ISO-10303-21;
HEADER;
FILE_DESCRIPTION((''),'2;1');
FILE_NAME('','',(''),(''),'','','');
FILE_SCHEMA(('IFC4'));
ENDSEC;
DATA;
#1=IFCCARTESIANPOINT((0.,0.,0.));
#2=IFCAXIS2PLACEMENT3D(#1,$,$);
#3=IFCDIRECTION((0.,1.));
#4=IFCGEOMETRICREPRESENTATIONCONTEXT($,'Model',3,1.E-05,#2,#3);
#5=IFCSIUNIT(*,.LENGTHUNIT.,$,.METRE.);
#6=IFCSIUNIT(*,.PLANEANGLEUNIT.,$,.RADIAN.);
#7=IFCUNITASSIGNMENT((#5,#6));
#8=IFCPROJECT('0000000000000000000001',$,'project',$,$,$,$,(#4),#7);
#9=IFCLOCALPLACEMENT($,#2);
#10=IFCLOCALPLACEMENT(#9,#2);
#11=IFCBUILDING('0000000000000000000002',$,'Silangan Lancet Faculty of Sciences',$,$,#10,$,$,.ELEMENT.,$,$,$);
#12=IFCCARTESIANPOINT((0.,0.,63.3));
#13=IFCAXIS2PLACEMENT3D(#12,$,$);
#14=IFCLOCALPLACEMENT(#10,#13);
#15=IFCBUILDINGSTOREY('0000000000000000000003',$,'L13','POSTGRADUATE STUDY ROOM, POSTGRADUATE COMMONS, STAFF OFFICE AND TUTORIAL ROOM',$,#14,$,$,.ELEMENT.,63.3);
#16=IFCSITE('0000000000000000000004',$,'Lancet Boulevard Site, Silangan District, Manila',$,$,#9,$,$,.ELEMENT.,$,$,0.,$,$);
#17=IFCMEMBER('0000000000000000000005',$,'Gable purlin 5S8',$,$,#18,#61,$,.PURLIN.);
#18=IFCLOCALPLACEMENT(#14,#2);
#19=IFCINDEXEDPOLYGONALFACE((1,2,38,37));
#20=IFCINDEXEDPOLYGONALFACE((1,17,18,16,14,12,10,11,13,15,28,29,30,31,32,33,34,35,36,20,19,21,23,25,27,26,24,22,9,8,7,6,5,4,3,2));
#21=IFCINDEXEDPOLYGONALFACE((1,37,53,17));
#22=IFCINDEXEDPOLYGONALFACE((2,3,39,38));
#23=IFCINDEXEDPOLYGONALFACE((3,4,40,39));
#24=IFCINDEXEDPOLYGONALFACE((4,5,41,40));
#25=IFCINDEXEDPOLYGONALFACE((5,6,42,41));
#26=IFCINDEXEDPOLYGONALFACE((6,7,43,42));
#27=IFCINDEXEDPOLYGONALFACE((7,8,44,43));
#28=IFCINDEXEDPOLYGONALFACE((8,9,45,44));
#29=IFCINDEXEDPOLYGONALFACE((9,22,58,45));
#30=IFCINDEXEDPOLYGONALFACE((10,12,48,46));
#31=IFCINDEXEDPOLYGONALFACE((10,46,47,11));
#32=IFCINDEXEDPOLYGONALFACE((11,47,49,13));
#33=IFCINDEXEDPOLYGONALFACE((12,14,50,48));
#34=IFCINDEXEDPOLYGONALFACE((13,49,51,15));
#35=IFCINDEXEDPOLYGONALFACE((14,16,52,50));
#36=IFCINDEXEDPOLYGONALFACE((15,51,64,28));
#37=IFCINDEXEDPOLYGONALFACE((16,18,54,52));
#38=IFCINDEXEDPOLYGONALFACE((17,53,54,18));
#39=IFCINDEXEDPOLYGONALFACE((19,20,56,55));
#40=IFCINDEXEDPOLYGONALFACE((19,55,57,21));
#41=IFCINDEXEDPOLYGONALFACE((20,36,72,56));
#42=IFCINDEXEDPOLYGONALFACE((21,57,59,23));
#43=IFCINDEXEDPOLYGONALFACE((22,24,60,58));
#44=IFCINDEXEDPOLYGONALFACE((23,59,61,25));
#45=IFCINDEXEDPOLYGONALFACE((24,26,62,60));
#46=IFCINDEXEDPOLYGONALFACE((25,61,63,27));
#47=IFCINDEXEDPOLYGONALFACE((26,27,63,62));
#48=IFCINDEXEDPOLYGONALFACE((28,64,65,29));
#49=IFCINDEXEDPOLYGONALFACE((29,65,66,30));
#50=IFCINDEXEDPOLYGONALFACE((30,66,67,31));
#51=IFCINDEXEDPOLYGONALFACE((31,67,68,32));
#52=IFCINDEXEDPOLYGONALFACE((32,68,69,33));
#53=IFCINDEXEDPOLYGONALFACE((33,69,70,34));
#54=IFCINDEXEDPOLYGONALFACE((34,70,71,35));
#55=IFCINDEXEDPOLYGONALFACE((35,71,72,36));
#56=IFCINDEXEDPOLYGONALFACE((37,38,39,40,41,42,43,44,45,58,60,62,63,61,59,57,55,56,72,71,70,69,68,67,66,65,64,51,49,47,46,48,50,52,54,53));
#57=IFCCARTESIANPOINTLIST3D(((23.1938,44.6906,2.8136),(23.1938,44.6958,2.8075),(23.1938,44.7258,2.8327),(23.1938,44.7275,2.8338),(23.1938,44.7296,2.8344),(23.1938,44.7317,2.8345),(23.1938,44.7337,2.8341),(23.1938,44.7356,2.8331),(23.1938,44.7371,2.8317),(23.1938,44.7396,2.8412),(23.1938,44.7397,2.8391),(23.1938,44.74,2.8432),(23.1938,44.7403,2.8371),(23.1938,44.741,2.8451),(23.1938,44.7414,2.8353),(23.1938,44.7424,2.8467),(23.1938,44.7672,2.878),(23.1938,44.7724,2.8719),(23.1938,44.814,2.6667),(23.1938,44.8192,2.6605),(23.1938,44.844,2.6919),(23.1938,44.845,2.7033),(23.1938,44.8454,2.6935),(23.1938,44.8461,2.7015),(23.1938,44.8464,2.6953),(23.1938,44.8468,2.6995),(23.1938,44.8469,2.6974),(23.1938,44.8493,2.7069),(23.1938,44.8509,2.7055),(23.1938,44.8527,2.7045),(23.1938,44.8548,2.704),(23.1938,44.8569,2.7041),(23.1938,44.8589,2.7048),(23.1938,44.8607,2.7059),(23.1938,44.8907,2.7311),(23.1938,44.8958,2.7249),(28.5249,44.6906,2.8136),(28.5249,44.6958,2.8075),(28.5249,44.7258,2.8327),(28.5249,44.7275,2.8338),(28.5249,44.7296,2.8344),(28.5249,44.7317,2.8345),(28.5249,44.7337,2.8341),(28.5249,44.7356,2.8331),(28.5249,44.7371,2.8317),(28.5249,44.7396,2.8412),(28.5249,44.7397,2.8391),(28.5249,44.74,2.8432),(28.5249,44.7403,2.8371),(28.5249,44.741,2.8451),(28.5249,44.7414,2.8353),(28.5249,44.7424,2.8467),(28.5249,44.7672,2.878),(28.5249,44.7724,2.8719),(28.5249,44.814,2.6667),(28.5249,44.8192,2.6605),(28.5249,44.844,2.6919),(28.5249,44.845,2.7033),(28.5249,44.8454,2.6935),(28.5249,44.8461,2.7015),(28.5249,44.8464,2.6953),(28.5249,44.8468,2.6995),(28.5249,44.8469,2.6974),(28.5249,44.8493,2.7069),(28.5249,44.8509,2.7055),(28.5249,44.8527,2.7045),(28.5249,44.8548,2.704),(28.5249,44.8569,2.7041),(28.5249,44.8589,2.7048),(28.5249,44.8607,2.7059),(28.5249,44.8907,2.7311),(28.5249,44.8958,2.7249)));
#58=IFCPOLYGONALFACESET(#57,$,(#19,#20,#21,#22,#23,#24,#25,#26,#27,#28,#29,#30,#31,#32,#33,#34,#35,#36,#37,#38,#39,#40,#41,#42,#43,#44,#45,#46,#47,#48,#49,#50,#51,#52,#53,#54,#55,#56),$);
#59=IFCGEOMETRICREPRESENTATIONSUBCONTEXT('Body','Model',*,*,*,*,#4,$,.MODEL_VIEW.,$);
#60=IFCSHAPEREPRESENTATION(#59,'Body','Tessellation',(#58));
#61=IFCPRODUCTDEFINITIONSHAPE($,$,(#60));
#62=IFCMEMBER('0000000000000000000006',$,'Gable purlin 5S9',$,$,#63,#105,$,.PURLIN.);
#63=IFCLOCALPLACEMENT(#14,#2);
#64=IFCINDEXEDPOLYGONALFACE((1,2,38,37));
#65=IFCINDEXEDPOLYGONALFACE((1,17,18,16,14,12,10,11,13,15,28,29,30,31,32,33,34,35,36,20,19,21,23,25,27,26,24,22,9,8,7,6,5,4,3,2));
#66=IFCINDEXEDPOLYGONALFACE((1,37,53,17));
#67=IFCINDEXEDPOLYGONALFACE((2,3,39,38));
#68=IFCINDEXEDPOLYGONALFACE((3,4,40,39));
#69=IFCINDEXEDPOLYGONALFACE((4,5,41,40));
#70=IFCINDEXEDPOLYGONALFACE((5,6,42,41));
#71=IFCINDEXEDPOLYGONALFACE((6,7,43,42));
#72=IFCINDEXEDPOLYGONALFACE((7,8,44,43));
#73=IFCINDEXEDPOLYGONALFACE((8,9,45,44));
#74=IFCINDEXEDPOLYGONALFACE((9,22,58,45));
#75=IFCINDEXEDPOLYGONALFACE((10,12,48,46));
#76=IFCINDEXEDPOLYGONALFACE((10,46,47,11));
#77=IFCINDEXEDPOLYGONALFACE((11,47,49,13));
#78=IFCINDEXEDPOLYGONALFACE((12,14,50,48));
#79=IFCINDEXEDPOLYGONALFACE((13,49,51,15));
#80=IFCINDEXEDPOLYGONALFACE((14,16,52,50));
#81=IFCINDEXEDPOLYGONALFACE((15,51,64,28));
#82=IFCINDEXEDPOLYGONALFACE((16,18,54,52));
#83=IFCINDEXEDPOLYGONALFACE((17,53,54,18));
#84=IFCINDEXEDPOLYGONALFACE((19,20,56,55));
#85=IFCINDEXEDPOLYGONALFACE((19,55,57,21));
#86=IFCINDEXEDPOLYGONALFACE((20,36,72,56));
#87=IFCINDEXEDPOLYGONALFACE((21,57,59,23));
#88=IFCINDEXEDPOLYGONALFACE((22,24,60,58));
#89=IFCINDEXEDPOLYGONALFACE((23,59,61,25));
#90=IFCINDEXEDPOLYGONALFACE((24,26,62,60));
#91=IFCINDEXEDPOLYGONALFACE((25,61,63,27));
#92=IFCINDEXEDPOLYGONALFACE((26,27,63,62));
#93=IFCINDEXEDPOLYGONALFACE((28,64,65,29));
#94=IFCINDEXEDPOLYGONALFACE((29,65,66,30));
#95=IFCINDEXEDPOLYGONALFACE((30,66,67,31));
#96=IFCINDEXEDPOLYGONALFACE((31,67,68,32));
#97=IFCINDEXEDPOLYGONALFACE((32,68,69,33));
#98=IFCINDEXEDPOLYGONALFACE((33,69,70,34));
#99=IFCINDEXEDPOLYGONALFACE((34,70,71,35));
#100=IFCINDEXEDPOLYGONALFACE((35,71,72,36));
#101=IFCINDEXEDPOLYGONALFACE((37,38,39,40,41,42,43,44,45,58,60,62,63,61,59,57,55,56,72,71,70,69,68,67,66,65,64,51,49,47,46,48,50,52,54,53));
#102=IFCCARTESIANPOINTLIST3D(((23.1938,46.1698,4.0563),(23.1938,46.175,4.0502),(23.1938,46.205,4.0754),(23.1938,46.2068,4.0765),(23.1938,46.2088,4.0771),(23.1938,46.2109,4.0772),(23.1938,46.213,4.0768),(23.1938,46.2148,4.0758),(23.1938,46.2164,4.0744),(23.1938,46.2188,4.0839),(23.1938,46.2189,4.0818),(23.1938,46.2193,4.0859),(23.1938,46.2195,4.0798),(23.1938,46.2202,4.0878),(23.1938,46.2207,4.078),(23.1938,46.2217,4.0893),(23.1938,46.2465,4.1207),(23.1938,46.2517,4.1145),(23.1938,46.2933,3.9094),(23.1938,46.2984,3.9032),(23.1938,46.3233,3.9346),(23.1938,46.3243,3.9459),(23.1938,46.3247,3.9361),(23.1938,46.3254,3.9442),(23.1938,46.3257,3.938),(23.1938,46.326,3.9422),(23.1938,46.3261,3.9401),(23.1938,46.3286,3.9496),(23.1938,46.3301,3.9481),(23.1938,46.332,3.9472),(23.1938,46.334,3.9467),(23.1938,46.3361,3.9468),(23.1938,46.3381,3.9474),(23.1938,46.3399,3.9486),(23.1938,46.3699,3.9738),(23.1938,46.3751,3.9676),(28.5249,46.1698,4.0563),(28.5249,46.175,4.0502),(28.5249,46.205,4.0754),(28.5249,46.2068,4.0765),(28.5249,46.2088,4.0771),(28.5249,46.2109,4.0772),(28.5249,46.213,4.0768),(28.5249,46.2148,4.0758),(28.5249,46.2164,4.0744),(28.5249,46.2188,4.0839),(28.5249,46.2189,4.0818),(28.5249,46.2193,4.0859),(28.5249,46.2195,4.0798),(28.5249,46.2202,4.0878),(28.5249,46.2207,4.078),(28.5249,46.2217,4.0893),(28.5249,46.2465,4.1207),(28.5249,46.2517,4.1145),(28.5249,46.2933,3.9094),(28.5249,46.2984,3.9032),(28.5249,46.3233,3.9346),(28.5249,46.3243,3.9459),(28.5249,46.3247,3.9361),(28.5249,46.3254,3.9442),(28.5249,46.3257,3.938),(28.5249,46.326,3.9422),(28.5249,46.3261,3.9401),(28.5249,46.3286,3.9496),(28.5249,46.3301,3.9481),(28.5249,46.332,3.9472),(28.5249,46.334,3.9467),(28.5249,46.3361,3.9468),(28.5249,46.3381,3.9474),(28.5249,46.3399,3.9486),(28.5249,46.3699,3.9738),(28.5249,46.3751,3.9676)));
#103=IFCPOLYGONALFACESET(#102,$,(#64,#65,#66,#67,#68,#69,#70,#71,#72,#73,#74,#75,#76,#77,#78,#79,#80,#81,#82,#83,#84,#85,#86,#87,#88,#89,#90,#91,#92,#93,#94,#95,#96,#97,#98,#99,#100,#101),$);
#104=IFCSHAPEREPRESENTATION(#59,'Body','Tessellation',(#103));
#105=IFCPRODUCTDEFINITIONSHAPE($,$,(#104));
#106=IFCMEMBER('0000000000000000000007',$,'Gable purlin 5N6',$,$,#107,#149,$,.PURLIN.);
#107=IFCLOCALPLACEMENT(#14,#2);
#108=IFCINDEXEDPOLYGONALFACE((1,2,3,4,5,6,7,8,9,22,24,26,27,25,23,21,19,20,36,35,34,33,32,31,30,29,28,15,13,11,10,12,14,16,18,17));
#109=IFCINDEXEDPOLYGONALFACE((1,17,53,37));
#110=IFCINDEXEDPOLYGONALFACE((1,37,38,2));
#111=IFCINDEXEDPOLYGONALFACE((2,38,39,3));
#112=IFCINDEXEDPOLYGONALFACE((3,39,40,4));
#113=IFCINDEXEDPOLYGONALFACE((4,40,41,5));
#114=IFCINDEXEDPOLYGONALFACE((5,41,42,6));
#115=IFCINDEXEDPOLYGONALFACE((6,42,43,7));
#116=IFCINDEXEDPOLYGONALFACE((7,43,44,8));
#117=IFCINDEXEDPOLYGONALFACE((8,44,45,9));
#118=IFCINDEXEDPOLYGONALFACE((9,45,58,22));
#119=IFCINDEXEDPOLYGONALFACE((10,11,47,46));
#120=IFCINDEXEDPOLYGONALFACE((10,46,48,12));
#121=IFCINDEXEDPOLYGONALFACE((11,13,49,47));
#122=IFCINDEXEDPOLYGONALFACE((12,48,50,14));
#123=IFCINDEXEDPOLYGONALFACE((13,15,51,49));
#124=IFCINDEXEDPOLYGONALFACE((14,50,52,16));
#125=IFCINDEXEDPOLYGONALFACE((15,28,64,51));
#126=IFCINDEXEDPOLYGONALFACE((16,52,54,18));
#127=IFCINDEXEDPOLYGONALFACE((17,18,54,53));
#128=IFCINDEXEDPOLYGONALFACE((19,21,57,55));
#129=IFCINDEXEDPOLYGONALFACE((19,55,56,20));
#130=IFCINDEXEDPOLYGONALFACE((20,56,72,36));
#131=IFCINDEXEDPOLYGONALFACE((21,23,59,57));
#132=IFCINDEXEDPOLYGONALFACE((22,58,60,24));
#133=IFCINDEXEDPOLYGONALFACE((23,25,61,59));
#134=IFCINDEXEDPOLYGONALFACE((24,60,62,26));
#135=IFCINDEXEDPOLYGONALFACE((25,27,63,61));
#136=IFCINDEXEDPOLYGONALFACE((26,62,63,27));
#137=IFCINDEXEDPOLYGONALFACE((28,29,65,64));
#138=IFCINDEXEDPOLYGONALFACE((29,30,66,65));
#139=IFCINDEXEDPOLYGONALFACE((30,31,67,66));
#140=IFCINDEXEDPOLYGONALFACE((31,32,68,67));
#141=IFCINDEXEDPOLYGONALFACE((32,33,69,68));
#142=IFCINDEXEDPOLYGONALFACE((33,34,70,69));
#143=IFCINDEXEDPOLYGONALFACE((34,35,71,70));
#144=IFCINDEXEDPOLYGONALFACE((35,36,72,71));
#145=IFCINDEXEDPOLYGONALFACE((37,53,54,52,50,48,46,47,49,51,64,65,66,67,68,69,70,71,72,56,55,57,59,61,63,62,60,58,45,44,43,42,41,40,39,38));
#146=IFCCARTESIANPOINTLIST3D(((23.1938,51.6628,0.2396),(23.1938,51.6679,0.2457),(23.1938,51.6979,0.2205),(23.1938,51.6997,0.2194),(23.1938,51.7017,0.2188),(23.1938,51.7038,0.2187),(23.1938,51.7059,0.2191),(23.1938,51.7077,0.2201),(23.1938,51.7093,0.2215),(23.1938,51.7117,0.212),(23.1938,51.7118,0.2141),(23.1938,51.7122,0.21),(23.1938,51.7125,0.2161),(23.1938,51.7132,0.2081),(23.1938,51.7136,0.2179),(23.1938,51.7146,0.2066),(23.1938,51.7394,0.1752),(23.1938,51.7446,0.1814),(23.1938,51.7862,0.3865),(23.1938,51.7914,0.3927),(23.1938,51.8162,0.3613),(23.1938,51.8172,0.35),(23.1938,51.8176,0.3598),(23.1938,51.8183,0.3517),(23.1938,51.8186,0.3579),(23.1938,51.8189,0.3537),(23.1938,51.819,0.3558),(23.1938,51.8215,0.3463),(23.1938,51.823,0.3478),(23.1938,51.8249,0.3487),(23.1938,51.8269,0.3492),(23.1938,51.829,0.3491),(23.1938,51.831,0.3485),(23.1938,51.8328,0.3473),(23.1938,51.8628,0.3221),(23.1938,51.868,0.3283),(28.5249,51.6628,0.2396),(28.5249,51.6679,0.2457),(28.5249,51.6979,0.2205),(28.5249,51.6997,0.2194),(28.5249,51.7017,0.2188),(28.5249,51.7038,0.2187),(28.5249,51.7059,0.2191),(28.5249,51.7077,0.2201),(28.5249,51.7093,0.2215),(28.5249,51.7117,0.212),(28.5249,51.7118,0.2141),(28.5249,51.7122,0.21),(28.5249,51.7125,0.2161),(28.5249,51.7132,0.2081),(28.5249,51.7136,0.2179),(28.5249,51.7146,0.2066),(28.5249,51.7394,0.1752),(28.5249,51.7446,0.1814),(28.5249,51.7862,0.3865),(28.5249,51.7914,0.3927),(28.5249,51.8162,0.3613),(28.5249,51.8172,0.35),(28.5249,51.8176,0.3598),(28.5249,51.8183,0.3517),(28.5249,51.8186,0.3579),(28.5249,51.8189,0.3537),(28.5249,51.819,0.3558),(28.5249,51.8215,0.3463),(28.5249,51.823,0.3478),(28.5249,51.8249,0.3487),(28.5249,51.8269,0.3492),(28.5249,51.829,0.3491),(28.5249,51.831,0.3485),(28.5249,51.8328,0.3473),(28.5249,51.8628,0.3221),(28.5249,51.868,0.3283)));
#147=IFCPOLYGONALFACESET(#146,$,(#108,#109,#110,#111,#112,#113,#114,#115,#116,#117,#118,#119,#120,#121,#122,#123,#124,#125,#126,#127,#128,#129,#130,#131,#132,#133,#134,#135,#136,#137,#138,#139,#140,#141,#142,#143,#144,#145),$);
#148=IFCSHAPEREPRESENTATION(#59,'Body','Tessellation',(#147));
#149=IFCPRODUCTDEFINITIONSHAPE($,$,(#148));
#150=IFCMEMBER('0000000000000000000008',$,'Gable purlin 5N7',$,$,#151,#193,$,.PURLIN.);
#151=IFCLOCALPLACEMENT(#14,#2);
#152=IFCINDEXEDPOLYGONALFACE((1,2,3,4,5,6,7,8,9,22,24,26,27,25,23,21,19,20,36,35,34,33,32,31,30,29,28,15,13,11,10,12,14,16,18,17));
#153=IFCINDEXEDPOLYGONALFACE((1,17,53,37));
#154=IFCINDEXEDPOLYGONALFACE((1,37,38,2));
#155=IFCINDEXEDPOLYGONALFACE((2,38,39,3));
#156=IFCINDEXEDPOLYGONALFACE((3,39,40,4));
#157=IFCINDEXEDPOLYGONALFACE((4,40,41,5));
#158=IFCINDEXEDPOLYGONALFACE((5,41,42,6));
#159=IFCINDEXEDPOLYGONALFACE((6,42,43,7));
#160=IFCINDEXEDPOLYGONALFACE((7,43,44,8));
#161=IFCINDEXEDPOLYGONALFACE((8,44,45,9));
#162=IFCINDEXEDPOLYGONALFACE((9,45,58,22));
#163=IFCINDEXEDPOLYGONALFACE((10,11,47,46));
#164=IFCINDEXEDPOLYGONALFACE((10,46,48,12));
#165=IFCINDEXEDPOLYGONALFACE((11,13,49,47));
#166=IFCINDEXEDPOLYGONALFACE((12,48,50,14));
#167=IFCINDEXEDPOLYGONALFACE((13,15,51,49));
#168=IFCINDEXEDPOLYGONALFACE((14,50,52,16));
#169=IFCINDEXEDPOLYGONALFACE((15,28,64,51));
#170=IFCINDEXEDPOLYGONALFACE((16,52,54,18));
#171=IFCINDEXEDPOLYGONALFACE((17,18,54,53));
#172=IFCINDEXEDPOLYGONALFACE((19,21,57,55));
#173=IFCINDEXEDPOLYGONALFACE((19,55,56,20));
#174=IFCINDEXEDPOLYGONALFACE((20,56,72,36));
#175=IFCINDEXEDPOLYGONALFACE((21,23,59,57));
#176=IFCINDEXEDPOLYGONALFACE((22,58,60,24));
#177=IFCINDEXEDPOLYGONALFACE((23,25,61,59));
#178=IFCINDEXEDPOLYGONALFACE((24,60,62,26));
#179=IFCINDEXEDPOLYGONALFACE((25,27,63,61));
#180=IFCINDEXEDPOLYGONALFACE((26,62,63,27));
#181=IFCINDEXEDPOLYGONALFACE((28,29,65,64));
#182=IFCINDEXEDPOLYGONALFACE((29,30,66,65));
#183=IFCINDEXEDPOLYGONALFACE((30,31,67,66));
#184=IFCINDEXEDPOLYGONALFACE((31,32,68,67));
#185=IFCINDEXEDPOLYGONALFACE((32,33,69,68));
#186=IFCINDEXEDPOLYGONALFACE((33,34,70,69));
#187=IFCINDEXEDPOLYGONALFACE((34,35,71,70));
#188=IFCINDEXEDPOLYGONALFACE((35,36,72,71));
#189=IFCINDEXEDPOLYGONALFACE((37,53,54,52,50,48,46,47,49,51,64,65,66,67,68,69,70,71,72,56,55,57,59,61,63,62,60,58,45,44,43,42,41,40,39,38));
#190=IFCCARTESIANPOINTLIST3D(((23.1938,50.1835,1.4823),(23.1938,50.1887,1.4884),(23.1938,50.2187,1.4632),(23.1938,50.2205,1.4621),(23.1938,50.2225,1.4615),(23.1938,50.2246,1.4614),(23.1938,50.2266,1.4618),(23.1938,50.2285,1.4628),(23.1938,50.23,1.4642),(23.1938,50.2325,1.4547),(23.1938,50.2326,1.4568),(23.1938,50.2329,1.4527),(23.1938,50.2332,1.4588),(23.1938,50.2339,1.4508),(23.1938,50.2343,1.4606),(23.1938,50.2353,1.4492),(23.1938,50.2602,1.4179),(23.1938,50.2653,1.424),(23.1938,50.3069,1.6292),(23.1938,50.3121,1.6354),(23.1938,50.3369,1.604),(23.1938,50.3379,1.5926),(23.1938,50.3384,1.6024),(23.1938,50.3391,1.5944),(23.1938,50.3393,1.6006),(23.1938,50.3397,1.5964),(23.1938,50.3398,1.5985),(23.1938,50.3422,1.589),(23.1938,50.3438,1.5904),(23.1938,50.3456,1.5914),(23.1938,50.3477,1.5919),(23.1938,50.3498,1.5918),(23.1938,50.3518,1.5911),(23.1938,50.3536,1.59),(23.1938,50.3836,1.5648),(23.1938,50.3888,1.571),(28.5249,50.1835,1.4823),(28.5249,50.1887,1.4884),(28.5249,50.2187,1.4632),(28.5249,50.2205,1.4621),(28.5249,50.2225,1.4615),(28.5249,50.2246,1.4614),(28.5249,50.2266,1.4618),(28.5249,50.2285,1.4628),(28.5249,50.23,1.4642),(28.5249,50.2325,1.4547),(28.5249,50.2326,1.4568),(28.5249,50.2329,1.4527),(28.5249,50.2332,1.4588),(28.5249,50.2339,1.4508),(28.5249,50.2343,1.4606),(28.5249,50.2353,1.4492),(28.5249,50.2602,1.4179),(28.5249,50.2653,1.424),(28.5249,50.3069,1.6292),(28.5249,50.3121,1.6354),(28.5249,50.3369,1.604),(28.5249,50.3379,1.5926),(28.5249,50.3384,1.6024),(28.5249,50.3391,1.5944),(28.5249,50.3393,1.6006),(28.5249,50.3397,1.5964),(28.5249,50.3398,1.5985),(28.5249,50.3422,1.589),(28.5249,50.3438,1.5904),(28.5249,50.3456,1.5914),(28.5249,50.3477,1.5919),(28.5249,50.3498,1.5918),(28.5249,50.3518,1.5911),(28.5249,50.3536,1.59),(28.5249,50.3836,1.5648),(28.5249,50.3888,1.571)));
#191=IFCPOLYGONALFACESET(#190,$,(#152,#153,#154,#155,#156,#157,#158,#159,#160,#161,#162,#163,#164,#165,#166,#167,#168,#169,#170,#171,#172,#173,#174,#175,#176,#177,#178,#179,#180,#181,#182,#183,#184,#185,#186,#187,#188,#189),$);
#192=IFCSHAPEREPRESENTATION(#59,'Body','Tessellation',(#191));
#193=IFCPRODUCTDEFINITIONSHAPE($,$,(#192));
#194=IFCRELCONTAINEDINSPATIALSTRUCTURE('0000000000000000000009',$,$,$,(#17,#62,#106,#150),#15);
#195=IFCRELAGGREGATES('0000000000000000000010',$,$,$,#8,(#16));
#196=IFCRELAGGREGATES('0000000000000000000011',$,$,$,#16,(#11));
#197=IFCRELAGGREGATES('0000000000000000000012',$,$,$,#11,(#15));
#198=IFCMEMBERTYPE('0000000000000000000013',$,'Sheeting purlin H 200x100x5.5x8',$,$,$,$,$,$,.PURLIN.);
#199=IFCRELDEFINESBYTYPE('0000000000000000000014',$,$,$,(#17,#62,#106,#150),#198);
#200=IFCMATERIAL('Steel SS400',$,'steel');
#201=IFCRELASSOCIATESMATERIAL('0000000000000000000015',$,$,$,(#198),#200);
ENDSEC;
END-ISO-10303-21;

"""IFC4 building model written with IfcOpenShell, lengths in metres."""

from ifc_helpers import new_model, si_unit, direction, frame, origin, origin_2d, place, context, subcontext, project, spatial, i_section, extrude, material, material_profile, profile_set, type_object, element, save


model = new_model("IFC4")

# Units and contexts
model_context = context("Model", 3, precision=1e-05, world=origin(), true_north=direction((0.0, 1.0)))
body_context = subcontext(model_context, "Body", "Model", "MODEL_VIEW")
ifc_project = project(units=[si_unit("LENGTHUNIT", "METRE"), si_unit("PLANEANGLEUNIT", "RADIAN")], contexts=[model_context])

# Site, building, storey
site_placement = place(None, origin())
site = spatial("IfcSite", under=ifc_project, at=site_placement, Name="Lancet Boulevard Site, Silangan District, Manila", CompositionType="ELEMENT", RefElevation=0.0)
building_placement = place(site_placement, origin())
building = spatial("IfcBuilding", under=site, at=building_placement, Name="Silangan Lancet Faculty of Sciences", CompositionType="ELEMENT")
storey_placement = place(building_placement, frame((0.0, 0.0, 63.3)))
storey = spatial("IfcBuildingStorey", under=building, at=storey_placement, Name="L13", Description="POSTGRADUATE STUDY ROOM, POSTGRADUATE COMMONS, STAFF OFFICE AND TUTORIAL ROOM", CompositionType="ELEMENT", Elevation=63.3)

# Members
ifc_material = material(Name="Steel SS400", Category="steel")
ifc_material_profile = material_profile(ifc_material, i_section(OverallWidth=0.1001, OverallDepth=0.2, WebThickness=0.0056, FlangeThickness=0.0081, FilletRadius=0.0081, at=origin_2d()), Name="H 200x100x5.5x8")
ifc_profile_set = profile_set([ifc_material_profile], Name="Steel SS400")
member_type = type_object("IfcMemberType", Name="Sheeting purlin H 200x100x5.5x8", PredefinedType="PURLIN", material=ifc_profile_set)
for number, where, z_axis, x_axis, name in (
    (1, (23.1938, 44.7932, 2.7693), (1.0, 0.0, 0.0), (0.0, 0.765705, 0.643192), "Gable purlin 5S8"),
    (2, (23.1938, 46.2725, 4.012), (1.0, 0.0, 0.0), (0.0, 0.765705, 0.643192), "Gable purlin 5S9"),
    (3, (23.1938, 51.7654, 0.2839), (1.0, 0.0, 0.0), (0.0, 0.765705, -0.643192), "Gable purlin 5N6"),
    (4, (23.1938, 50.2861, 1.5266), (1.0, 0.0, 0.0), (0.0, 0.765705, -0.643192), "Gable purlin 5N7"),
):
    element("IfcMember", number, at=place(storey_placement, frame(where, z_axis=z_axis, x_axis=x_axis)), inside=storey, type_object=member_type, Name=name, PredefinedType="PURLIN", context=body_context, shape_type="SweptSolid", body=[
        extrude(i_section(OverallWidth=0.1001, OverallDepth=0.2, WebThickness=0.0056, FlangeThickness=0.0081, FilletRadius=0.0081, at=origin_2d()), origin(), (0.0, 0.0, 1.0), 5.3311),
    ])

save(model, "model.ifc")
